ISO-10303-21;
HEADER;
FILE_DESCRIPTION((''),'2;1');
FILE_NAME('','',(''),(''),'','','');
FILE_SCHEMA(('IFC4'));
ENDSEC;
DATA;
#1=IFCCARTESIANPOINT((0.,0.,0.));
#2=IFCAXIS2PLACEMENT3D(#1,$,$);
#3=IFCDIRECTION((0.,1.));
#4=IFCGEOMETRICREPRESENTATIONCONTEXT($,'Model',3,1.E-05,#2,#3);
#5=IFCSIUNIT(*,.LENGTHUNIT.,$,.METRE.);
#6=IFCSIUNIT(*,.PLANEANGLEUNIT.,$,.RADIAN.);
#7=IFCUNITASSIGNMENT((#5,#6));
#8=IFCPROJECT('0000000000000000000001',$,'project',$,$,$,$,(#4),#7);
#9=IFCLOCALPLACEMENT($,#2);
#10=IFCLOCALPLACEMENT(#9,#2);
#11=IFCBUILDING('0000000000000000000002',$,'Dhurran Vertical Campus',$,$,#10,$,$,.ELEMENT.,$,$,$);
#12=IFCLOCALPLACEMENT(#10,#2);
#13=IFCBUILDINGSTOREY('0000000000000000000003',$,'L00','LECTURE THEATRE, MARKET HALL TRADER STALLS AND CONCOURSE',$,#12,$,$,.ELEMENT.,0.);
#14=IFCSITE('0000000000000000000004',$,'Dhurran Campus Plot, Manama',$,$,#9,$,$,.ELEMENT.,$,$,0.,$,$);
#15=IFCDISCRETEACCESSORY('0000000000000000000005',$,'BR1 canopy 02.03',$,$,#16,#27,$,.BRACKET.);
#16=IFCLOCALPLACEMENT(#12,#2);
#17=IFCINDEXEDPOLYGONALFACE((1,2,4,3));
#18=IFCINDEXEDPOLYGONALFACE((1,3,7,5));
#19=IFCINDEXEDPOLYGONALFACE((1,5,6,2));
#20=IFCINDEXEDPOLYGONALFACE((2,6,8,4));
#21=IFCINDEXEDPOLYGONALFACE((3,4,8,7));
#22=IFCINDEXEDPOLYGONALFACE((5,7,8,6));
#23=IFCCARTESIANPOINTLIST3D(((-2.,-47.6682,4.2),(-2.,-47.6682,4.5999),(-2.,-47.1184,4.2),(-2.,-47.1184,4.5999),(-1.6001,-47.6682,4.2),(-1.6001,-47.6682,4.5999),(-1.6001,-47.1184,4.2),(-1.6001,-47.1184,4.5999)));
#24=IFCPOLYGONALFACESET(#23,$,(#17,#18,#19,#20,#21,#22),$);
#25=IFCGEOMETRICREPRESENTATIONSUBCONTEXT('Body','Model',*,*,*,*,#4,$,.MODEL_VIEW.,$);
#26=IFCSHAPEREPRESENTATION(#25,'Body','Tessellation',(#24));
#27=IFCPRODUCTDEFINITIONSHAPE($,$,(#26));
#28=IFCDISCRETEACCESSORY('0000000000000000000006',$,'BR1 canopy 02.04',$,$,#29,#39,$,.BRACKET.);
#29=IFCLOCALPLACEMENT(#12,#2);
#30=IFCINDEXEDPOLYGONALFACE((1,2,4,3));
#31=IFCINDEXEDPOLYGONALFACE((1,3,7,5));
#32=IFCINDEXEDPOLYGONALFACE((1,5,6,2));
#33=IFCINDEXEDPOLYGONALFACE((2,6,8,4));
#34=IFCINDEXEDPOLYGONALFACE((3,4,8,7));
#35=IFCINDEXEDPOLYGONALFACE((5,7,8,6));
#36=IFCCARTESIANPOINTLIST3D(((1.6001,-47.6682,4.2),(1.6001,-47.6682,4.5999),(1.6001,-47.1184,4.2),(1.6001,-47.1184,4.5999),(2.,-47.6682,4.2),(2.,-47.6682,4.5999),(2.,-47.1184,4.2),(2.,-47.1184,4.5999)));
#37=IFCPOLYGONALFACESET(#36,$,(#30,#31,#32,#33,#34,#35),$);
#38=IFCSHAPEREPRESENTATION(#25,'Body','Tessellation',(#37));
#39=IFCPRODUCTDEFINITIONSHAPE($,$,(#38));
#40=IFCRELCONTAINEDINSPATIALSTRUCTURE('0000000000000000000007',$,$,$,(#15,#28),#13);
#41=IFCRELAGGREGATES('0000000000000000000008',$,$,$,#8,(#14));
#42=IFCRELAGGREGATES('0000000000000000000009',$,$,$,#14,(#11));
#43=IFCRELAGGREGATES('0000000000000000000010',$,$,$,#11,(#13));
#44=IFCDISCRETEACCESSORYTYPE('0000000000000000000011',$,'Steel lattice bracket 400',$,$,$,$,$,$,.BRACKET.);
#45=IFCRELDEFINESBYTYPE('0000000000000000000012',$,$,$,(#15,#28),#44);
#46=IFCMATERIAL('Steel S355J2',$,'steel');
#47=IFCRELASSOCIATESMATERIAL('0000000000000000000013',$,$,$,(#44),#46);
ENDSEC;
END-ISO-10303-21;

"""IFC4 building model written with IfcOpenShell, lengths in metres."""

from ifc_helpers import new_model, si_unit, direction, frame, origin, origin_2d, place, context, subcontext, project, spatial, rectangle, extrude, material, material_profile, profile_set, type_object, element, save


model = new_model("IFC4")

# Units and contexts
model_context = context("Model", 3, precision=1e-05, world=origin(), true_north=direction((0.0, 1.0)))
body_context = subcontext(model_context, "Body", "Model", "MODEL_VIEW")
ifc_project = project(units=[si_unit("LENGTHUNIT", "METRE"), si_unit("PLANEANGLEUNIT", "RADIAN")], contexts=[model_context])

# Site, building, storey
site_placement = place(None, origin())
site = spatial("IfcSite", under=ifc_project, at=site_placement, Name="Dhurran Campus Plot, Manama", CompositionType="ELEMENT", RefElevation=0.0)
building_placement = place(site_placement, origin())
building = spatial("IfcBuilding", under=site, at=building_placement, Name="Dhurran Vertical Campus", CompositionType="ELEMENT")
storey_placement = place(building_placement, origin())
storey = spatial("IfcBuildingStorey", under=building, at=storey_placement, Name="L00", Description="LECTURE THEATRE, MARKET HALL TRADER STALLS AND CONCOURSE", CompositionType="ELEMENT", Elevation=0.0)

# Discrete accessories
ifc_material_1 = material(Name="Steel S355J2", Category="steel")
ifc_material_profile_1 = material_profile(ifc_material_1, rectangle(XDim=0.3999, YDim=0.3999, at=origin_2d()), Name="Steel lattice bracket 400")
ifc_profile_set_1 = profile_set([ifc_material_profile_1], Name="Steel S355J2")
discrete_accessory_type = type_object("IfcDiscreteAccessoryType", Name="Steel lattice bracket 400", PredefinedType="BRACKET", material=ifc_profile_set_1)
for number, where, z_axis, x_axis, name in (
    (1, (-1.8, -47.1184, 4.3999), (0.0, -1.0, 0.0), (1.0, 0.0, 0.0), "BR1 canopy 02.03"),
    (2, (1.8, -47.1184, 4.3999), (0.0, -1.0, 0.0), (1.0, 0.0, 0.0), "BR1 canopy 02.04"),
):
    element("IfcDiscreteAccessory", number, at=place(storey_placement, frame(where, z_axis=z_axis, x_axis=x_axis)), inside=storey, type_object=discrete_accessory_type, Name=name, PredefinedType="BRACKET", context=body_context, shape_type="SweptSolid", body=[
        extrude(rectangle(XDim=0.3999, YDim=0.3999, at=origin_2d()), origin(), (0.0, 0.0, 1.0), 0.5498),
    ])

save(model, "model.ifc")
